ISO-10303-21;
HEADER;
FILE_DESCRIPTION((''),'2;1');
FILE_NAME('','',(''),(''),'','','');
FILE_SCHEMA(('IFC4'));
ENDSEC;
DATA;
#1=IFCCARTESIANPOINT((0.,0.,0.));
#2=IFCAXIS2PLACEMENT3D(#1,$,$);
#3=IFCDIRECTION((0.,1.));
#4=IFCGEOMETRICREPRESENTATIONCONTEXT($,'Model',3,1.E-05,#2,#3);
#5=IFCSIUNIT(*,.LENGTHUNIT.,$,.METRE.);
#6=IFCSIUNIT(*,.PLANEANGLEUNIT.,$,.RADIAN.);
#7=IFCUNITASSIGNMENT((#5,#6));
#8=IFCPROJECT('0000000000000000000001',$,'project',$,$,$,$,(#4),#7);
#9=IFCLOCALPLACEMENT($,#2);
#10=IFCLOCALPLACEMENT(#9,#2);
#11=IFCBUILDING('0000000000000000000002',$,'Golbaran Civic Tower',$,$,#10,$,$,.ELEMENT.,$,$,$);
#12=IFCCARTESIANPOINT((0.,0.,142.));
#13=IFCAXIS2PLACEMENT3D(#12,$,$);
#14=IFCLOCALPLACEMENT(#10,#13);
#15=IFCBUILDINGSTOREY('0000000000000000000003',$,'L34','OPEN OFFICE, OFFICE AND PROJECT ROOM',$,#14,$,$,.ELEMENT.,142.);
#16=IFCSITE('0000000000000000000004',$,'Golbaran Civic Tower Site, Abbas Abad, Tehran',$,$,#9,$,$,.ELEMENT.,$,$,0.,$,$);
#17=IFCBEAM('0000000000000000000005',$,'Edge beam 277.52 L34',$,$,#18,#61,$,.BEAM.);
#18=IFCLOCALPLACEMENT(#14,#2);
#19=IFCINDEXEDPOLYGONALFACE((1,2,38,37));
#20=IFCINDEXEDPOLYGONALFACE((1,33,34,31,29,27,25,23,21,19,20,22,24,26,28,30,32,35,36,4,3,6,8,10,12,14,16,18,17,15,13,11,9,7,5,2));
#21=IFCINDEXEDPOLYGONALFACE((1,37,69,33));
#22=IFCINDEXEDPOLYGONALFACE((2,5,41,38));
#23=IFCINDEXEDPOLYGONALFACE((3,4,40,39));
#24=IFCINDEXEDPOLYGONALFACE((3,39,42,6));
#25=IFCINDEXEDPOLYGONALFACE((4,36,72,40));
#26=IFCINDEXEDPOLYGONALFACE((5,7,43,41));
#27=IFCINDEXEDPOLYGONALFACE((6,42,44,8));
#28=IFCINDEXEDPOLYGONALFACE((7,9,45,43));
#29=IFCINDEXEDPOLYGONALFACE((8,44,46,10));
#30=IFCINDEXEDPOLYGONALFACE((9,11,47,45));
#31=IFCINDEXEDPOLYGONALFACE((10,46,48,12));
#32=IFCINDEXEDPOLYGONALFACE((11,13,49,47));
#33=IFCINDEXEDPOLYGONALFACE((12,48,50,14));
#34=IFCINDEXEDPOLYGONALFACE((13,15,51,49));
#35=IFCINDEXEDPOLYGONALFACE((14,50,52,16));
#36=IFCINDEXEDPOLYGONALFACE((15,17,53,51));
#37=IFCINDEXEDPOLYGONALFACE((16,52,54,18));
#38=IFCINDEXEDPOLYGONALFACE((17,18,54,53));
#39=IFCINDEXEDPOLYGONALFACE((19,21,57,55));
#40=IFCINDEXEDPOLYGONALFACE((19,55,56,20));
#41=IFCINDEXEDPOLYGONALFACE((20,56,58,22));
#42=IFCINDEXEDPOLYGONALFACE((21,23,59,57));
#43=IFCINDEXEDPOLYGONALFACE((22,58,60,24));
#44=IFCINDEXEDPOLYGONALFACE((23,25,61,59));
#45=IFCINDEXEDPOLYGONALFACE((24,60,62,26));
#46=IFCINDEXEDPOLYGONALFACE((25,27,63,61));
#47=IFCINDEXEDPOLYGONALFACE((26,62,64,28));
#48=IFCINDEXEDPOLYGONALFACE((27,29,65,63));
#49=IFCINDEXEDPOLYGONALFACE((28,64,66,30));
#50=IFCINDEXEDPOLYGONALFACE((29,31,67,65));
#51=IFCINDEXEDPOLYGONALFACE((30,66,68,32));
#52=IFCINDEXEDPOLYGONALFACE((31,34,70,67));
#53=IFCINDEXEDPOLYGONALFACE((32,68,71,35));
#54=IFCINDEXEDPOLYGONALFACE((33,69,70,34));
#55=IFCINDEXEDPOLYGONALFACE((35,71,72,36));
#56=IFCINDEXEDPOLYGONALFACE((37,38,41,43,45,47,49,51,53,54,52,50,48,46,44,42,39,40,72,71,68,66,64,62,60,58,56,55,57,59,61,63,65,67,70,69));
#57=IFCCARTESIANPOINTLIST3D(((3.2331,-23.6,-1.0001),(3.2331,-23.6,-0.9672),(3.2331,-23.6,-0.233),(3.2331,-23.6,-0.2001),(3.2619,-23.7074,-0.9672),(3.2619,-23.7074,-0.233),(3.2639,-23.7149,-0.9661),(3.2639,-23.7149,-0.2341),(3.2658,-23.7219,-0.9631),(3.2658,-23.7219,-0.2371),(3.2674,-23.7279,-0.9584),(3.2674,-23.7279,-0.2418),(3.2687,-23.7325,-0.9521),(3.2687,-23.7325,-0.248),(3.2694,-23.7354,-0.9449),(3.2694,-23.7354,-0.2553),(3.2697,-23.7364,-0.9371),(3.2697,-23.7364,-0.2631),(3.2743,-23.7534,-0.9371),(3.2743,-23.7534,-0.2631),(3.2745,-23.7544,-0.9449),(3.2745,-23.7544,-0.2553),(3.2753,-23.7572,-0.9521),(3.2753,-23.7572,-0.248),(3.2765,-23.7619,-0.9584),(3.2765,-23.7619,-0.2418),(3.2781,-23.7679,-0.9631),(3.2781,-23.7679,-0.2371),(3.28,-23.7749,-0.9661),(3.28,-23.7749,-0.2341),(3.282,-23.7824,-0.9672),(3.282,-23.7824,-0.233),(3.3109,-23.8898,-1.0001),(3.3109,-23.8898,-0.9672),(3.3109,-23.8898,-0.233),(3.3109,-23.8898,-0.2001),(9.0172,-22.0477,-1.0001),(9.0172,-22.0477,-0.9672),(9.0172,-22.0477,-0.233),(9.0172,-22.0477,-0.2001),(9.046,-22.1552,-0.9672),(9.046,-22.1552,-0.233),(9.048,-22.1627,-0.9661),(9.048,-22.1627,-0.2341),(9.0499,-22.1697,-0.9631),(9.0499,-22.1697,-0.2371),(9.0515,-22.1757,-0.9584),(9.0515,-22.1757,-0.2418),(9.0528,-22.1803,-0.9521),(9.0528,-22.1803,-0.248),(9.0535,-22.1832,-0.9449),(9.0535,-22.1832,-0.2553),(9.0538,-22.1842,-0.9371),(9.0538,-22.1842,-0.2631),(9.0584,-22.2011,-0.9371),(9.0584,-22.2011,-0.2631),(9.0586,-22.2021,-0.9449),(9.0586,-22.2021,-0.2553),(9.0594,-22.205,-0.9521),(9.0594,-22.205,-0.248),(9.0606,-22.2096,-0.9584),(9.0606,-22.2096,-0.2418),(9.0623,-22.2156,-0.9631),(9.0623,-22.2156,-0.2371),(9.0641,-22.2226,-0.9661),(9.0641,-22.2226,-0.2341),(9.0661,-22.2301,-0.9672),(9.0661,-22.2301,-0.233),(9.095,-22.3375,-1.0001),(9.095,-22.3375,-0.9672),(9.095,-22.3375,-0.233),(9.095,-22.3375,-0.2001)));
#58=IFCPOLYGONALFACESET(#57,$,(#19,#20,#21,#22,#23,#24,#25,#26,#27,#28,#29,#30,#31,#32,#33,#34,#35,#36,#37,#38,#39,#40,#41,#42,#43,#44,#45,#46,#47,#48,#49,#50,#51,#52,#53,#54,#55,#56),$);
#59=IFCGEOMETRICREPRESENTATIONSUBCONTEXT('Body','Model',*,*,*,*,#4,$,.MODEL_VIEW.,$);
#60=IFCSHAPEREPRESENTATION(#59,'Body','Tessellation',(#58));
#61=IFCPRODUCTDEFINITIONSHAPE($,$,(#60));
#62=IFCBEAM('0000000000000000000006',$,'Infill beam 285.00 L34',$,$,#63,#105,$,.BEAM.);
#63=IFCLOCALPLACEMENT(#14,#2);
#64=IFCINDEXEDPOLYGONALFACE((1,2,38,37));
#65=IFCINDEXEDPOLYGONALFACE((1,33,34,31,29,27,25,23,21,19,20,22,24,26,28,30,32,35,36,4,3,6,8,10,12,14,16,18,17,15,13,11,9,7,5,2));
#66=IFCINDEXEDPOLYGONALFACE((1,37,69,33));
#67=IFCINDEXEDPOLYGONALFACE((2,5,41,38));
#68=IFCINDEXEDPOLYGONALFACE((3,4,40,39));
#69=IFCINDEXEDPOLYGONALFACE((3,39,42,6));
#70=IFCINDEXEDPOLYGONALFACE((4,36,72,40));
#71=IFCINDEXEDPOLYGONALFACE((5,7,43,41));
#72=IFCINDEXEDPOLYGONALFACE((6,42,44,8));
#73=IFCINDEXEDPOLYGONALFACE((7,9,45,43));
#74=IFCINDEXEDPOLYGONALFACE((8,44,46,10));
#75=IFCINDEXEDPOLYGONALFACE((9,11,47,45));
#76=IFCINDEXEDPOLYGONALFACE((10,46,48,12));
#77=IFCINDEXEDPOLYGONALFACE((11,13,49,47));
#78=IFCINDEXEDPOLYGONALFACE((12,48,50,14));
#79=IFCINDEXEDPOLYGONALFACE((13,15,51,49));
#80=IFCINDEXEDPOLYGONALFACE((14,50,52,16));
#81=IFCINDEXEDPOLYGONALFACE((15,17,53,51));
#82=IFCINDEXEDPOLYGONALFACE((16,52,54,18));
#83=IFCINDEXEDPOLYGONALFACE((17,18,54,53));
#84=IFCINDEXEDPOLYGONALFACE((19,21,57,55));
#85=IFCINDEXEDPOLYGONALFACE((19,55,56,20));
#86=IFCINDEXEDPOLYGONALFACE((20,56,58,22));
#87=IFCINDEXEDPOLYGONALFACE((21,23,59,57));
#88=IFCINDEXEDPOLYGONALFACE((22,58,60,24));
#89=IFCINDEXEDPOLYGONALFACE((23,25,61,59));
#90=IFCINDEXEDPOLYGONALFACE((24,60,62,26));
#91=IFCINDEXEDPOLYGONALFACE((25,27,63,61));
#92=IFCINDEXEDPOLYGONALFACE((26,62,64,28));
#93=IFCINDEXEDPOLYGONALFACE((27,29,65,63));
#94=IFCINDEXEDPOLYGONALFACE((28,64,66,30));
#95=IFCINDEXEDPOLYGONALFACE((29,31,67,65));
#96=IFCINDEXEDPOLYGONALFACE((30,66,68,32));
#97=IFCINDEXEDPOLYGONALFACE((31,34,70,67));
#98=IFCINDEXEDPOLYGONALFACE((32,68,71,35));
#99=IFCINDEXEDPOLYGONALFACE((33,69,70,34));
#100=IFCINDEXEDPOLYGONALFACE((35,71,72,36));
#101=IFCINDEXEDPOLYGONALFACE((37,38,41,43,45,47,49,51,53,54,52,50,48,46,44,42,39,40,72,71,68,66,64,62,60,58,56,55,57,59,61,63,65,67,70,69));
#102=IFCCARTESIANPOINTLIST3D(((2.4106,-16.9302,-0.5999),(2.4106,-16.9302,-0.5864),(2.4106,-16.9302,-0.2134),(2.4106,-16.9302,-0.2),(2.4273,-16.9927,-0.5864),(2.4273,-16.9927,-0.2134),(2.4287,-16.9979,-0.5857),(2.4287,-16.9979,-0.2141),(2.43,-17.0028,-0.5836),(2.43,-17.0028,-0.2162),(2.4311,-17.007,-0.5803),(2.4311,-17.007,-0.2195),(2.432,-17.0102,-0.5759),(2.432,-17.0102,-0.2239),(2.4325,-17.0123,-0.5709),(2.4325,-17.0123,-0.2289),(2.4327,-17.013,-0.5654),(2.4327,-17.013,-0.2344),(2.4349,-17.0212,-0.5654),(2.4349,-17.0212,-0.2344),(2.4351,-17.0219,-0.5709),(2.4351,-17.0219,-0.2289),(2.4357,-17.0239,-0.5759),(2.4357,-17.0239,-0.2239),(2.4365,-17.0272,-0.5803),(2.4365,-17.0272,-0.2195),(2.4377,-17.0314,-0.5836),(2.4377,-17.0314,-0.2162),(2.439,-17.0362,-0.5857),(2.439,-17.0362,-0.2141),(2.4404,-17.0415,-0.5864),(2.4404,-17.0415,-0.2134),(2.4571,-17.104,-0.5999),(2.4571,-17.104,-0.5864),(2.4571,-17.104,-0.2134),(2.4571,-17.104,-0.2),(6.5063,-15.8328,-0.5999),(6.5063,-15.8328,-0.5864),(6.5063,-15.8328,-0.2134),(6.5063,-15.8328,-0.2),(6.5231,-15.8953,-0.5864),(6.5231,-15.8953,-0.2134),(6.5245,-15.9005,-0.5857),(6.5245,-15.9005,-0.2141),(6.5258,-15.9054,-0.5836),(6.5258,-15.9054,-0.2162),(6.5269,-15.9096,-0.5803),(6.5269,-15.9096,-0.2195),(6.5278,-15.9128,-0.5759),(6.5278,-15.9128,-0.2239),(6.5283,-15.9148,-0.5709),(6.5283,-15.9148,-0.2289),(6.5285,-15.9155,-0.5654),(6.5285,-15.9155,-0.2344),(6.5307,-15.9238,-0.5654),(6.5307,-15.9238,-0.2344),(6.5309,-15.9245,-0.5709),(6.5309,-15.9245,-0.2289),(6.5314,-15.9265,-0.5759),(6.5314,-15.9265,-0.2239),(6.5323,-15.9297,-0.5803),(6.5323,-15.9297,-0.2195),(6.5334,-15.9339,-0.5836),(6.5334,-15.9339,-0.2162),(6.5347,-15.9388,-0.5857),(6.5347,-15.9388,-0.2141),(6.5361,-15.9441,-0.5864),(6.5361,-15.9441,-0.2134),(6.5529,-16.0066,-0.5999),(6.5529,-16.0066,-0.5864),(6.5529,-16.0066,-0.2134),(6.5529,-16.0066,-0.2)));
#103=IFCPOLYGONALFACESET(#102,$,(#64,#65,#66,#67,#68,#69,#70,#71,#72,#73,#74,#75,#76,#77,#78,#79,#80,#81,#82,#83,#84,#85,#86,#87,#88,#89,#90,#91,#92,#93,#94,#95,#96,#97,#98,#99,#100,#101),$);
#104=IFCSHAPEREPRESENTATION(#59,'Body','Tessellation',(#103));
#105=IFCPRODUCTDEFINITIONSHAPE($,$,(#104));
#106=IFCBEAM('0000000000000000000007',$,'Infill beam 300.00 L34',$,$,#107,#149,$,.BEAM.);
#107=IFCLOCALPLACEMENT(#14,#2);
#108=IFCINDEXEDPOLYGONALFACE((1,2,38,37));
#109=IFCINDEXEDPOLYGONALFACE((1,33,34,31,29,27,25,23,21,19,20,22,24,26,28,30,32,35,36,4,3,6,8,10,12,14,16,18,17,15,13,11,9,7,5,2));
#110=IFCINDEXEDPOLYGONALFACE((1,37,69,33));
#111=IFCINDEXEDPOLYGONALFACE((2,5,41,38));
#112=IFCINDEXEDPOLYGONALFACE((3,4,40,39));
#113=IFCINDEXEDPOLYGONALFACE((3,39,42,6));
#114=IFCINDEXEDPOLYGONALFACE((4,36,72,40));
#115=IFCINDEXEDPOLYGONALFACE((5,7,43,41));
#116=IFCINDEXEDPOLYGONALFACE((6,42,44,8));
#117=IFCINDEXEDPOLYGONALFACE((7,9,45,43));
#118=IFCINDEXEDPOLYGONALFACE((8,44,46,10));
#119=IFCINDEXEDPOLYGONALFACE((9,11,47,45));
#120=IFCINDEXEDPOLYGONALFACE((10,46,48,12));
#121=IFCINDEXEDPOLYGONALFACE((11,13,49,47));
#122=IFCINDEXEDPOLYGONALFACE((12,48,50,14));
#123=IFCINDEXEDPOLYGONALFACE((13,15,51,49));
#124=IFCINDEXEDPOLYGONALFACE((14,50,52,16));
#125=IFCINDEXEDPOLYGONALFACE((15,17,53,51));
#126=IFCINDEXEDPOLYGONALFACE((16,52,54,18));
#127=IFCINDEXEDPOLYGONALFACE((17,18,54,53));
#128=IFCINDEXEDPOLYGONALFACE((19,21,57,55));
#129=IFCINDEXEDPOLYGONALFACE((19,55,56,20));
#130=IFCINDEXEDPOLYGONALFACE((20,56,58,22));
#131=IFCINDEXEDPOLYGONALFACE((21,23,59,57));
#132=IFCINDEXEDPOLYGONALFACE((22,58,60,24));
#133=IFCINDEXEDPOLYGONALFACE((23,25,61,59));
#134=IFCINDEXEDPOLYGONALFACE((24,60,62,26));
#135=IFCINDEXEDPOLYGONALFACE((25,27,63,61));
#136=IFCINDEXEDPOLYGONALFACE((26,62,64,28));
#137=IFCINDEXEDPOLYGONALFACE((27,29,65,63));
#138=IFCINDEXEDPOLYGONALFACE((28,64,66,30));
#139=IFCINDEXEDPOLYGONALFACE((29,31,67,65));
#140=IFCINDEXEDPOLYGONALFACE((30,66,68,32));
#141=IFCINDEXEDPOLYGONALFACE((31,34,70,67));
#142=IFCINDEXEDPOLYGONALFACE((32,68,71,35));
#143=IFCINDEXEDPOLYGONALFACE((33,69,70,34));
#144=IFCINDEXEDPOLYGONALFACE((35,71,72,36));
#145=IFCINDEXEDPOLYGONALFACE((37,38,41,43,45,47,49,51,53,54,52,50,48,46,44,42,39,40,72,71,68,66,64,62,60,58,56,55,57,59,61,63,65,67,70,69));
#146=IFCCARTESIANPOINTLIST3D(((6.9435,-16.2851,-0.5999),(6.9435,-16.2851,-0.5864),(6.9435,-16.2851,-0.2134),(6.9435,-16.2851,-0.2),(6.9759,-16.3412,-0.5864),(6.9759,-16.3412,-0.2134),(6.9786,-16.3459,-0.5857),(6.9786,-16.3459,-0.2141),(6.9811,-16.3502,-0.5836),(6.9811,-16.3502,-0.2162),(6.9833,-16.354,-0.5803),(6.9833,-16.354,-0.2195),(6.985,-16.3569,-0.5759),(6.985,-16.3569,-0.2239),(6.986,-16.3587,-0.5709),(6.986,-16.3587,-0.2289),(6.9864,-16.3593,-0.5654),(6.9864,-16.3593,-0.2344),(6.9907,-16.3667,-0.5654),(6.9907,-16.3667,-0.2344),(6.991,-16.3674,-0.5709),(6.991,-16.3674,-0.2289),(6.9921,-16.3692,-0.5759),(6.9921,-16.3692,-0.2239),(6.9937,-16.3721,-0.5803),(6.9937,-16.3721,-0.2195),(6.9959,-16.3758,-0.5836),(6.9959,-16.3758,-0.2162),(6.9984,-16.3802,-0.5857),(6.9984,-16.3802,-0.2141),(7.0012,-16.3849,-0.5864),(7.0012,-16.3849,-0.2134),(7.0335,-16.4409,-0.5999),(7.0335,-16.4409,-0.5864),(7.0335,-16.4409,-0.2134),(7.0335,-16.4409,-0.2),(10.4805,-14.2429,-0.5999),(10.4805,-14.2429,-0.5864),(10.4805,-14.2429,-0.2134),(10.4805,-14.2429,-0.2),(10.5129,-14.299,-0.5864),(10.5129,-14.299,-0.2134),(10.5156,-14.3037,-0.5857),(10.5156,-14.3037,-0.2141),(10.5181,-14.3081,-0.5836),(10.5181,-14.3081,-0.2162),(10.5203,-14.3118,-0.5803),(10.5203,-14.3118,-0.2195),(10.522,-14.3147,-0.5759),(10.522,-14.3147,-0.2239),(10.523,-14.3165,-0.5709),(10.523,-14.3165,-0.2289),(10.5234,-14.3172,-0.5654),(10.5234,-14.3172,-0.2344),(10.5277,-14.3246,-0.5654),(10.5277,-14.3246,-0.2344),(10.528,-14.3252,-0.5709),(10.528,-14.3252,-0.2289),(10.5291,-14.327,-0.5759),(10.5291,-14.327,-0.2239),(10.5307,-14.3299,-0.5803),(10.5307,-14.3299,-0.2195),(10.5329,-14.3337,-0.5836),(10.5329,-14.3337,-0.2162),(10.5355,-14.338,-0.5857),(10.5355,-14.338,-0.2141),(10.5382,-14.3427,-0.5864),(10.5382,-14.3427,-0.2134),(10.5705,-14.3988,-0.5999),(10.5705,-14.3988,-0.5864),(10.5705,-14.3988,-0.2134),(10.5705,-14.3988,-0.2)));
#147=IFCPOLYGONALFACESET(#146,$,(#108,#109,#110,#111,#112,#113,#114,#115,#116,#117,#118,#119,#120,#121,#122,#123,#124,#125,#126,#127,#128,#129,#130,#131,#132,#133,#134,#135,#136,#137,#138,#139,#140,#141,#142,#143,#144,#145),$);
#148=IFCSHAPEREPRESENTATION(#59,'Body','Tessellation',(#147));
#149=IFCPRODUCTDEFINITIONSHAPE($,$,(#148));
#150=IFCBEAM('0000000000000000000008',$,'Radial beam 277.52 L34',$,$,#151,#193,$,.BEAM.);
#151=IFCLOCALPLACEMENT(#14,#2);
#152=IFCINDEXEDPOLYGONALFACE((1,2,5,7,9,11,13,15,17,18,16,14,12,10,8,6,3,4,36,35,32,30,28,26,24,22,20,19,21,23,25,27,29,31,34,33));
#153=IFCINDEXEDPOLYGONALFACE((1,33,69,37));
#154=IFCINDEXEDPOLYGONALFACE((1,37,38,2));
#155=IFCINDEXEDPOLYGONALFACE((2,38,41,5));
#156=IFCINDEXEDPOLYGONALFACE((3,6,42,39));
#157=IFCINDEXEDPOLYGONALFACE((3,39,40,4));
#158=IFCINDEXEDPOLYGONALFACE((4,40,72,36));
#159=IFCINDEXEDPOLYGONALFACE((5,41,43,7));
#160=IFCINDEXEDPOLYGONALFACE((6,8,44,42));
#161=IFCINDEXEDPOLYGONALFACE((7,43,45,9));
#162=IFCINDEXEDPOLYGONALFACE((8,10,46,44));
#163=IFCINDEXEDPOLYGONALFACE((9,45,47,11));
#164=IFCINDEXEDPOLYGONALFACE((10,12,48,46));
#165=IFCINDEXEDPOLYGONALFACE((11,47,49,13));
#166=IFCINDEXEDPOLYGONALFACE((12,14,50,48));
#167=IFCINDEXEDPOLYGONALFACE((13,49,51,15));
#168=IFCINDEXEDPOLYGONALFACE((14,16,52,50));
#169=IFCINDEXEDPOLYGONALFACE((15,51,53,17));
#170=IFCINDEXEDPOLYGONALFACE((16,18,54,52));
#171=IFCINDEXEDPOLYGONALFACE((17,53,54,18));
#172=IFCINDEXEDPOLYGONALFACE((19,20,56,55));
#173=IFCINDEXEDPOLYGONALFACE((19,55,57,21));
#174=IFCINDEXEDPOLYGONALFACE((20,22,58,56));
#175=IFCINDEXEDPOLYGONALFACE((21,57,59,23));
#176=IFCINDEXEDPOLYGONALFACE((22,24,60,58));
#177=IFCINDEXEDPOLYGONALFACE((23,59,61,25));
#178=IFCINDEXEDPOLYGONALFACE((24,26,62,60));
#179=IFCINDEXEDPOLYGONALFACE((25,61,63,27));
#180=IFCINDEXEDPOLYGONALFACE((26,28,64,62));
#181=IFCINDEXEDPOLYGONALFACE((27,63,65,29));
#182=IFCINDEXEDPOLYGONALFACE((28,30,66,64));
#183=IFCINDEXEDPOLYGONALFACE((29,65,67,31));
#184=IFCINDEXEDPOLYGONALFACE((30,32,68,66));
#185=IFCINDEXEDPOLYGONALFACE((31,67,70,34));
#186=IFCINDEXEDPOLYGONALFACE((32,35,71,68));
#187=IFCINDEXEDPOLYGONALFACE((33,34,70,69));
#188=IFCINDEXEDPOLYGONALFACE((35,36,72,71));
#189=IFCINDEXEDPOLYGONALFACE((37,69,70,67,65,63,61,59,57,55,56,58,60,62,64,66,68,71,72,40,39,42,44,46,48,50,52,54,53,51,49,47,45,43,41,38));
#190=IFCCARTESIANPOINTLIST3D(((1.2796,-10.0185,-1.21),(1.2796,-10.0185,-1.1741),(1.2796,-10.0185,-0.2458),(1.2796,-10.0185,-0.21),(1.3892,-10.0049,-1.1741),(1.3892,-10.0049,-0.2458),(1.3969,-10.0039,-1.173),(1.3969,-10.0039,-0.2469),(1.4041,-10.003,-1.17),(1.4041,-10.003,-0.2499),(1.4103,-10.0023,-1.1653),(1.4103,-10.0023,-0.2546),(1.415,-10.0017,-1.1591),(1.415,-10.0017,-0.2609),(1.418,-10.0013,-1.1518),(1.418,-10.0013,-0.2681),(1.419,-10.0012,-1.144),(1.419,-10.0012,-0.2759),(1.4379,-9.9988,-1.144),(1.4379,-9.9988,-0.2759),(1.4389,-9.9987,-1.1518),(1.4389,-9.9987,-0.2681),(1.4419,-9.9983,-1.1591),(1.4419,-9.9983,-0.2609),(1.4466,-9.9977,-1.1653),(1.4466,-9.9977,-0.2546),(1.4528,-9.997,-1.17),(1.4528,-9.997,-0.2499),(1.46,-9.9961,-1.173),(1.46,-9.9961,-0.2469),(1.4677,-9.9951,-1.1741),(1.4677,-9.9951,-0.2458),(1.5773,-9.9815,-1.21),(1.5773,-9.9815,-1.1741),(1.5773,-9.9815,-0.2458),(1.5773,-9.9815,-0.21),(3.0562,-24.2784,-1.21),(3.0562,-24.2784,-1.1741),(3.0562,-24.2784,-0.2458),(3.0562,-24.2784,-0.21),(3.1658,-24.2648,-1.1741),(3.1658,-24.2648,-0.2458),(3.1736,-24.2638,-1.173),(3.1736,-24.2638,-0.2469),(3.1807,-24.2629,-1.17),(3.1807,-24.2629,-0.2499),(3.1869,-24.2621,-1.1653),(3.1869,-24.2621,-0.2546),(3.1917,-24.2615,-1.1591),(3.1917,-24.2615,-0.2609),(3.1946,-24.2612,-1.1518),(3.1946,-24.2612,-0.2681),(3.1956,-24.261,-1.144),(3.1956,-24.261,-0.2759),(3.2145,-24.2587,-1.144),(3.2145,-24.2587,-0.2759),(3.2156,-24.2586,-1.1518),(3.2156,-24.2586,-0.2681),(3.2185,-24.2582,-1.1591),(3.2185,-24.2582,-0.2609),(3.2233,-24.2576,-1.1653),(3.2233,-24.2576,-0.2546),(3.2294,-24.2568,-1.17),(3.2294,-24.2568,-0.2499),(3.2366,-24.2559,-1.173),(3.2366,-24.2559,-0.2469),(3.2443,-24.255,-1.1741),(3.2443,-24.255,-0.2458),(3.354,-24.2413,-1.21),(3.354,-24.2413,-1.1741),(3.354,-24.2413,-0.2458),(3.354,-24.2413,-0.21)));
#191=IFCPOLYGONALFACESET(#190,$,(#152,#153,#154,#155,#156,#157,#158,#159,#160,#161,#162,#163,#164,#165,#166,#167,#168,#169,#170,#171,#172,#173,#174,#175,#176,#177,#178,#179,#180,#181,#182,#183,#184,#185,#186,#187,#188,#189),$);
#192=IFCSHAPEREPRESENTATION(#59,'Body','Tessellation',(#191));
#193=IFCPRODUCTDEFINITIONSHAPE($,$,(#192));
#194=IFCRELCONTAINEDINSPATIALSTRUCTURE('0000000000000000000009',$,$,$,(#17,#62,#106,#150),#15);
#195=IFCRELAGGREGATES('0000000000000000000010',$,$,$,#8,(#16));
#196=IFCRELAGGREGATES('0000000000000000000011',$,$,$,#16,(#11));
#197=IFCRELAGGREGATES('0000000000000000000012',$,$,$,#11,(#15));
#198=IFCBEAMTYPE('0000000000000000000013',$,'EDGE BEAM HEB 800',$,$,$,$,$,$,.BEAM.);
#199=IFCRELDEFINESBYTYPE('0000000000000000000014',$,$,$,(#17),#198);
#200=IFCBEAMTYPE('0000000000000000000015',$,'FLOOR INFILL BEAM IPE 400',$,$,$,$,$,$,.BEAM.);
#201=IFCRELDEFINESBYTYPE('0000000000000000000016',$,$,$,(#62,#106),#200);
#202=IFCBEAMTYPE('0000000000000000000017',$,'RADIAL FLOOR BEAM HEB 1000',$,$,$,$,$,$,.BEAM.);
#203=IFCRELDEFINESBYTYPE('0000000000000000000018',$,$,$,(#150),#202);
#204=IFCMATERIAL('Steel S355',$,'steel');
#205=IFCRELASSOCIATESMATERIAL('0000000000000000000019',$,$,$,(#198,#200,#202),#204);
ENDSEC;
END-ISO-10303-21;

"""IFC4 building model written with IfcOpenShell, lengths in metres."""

from ifc_helpers import new_model, si_unit, direction, frame, origin, origin_2d, place, context, subcontext, project, spatial, i_section, extrude, material, material_profile, profile_set, type_object, element, save


model = new_model("IFC4")

# Units and contexts
model_context = context("Model", 3, precision=1e-05, world=origin(), true_north=direction((0.0, 1.0)))
body_context = subcontext(model_context, "Body", "Model", "MODEL_VIEW")
ifc_project = project(units=[si_unit("LENGTHUNIT", "METRE"), si_unit("PLANEANGLEUNIT", "RADIAN")], contexts=[model_context])

# Site, building, storey
site_placement = place(None, origin())
site = spatial("IfcSite", under=ifc_project, at=site_placement, Name="Golbaran Civic Tower Site, Abbas Abad, Tehran", CompositionType="ELEMENT", RefElevation=0.0)
building_placement = place(site_placement, origin())
building = spatial("IfcBuilding", under=site, at=building_placement, Name="Golbaran Civic Tower", CompositionType="ELEMENT")
storey_placement = place(building_placement, frame((0.0, 0.0, 142.0)))
storey = spatial("IfcBuildingStorey", under=building, at=storey_placement, Name="L34", Description="OPEN OFFICE, OFFICE AND PROJECT ROOM", CompositionType="ELEMENT", Elevation=142.0)

# Beams
ifc_material_1 = material(Name="Steel S355", Category="steel")
ifc_material_profile_1 = material_profile(ifc_material_1, i_section(OverallWidth=0.3, OverallDepth=0.8, WebThickness=0.0176, FlangeThickness=0.033, FilletRadius=0.03, at=origin_2d()), Name="HEB 800")
ifc_profile_set_1 = profile_set([ifc_material_profile_1], Name="Steel S355")
beam_type_1 = type_object("IfcBeamType", Name="EDGE BEAM HEB 800", PredefinedType="BEAM", material=ifc_profile_set_1)
beam_1_placement = place(storey_placement, frame((3.272, -23.7449, -0.6001), z_axis=(0.965826, 0.25919, 0.0), x_axis=(-0.25919, 0.965826, 0.0)))
element("IfcBeam", 1, at=beam_1_placement, inside=storey, type_object=beam_type_1, Name="Edge beam 277.52 L34", PredefinedType="BEAM", context=body_context, shape_type="SweptSolid", body=[
    extrude(i_section(OverallWidth=0.3, OverallDepth=0.8, WebThickness=0.0176, FlangeThickness=0.033, FilletRadius=0.03, at=origin_2d()), origin(), (0.0, 0.0, 1.0), 5.9888),
])
ifc_material_profile_2 = material_profile(ifc_material_1, i_section(OverallWidth=0.1799, OverallDepth=0.3999, WebThickness=0.0085, FlangeThickness=0.0134, FilletRadius=0.021, at=origin_2d()), Name="IPE 400")
ifc_profile_set_2 = profile_set([ifc_material_profile_2], Name="Steel S355")
beam_type_2 = type_object("IfcBeamType", Name="FLOOR INFILL BEAM IPE 400", PredefinedType="BEAM", material=ifc_profile_set_2)
beam_2_placement = place(storey_placement, frame((2.4338, -17.0171, -0.3999), z_axis=(0.965927, 0.258813, 0.0), x_axis=(-0.258813, 0.965927, 0.0)))
element("IfcBeam", 2, at=beam_2_placement, inside=storey, type_object=beam_type_2, Name="Infill beam 285.00 L34", PredefinedType="BEAM", context=body_context, shape_type="SweptSolid", body=[
    extrude(i_section(OverallWidth=0.1799, OverallDepth=0.3999, WebThickness=0.0085, FlangeThickness=0.0134, FilletRadius=0.021, at=origin_2d()), origin(), (0.0, 0.0, 1.0), 4.2402),
])
beam_3_placement = place(storey_placement, frame((6.9885, -16.363, -0.3999), z_axis=(0.866016, 0.500016, 0.0), x_axis=(-0.500016, 0.866016, 0.0)))
element("IfcBeam", 3, at=beam_3_placement, inside=storey, type_object=beam_type_2, Name="Infill beam 300.00 L34", PredefinedType="BEAM", context=body_context, shape_type="SweptSolid", body=[
    extrude(i_section(OverallWidth=0.1799, OverallDepth=0.3999, WebThickness=0.0085, FlangeThickness=0.0134, FilletRadius=0.021, at=origin_2d()), origin(), (0.0, 0.0, 1.0), 4.0842),
])
ifc_material_profile_3 = material_profile(ifc_material_1, i_section(OverallWidth=0.3, OverallDepth=1.0, WebThickness=0.019, FlangeThickness=0.0359, FilletRadius=0.03, at=origin_2d()), Name="HEB 1000")
ifc_profile_set_3 = profile_set([ifc_material_profile_3], Name="Steel S355")
beam_type_3 = type_object("IfcBeamType", Name="RADIAL FLOOR BEAM HEB 1000", PredefinedType="BEAM", material=ifc_profile_set_3)
beam_4_placement = place(storey_placement, frame((1.4285, -10.0, -0.71), z_axis=(0.123633, -0.992328, 0.0), x_axis=(0.992328, 0.123633, 0.0)))
element("IfcBeam", 4, at=beam_4_placement, inside=storey, type_object=beam_type_3, Name="Radial beam 277.52 L34", PredefinedType="BEAM", context=body_context, shape_type="SweptSolid", body=[
    extrude(i_section(OverallWidth=0.3, OverallDepth=1.0, WebThickness=0.019, FlangeThickness=0.0359, FilletRadius=0.03, at=origin_2d()), origin(), (0.0, 0.0, 1.0), 14.3701),
])

save(model, "model.ifc")
